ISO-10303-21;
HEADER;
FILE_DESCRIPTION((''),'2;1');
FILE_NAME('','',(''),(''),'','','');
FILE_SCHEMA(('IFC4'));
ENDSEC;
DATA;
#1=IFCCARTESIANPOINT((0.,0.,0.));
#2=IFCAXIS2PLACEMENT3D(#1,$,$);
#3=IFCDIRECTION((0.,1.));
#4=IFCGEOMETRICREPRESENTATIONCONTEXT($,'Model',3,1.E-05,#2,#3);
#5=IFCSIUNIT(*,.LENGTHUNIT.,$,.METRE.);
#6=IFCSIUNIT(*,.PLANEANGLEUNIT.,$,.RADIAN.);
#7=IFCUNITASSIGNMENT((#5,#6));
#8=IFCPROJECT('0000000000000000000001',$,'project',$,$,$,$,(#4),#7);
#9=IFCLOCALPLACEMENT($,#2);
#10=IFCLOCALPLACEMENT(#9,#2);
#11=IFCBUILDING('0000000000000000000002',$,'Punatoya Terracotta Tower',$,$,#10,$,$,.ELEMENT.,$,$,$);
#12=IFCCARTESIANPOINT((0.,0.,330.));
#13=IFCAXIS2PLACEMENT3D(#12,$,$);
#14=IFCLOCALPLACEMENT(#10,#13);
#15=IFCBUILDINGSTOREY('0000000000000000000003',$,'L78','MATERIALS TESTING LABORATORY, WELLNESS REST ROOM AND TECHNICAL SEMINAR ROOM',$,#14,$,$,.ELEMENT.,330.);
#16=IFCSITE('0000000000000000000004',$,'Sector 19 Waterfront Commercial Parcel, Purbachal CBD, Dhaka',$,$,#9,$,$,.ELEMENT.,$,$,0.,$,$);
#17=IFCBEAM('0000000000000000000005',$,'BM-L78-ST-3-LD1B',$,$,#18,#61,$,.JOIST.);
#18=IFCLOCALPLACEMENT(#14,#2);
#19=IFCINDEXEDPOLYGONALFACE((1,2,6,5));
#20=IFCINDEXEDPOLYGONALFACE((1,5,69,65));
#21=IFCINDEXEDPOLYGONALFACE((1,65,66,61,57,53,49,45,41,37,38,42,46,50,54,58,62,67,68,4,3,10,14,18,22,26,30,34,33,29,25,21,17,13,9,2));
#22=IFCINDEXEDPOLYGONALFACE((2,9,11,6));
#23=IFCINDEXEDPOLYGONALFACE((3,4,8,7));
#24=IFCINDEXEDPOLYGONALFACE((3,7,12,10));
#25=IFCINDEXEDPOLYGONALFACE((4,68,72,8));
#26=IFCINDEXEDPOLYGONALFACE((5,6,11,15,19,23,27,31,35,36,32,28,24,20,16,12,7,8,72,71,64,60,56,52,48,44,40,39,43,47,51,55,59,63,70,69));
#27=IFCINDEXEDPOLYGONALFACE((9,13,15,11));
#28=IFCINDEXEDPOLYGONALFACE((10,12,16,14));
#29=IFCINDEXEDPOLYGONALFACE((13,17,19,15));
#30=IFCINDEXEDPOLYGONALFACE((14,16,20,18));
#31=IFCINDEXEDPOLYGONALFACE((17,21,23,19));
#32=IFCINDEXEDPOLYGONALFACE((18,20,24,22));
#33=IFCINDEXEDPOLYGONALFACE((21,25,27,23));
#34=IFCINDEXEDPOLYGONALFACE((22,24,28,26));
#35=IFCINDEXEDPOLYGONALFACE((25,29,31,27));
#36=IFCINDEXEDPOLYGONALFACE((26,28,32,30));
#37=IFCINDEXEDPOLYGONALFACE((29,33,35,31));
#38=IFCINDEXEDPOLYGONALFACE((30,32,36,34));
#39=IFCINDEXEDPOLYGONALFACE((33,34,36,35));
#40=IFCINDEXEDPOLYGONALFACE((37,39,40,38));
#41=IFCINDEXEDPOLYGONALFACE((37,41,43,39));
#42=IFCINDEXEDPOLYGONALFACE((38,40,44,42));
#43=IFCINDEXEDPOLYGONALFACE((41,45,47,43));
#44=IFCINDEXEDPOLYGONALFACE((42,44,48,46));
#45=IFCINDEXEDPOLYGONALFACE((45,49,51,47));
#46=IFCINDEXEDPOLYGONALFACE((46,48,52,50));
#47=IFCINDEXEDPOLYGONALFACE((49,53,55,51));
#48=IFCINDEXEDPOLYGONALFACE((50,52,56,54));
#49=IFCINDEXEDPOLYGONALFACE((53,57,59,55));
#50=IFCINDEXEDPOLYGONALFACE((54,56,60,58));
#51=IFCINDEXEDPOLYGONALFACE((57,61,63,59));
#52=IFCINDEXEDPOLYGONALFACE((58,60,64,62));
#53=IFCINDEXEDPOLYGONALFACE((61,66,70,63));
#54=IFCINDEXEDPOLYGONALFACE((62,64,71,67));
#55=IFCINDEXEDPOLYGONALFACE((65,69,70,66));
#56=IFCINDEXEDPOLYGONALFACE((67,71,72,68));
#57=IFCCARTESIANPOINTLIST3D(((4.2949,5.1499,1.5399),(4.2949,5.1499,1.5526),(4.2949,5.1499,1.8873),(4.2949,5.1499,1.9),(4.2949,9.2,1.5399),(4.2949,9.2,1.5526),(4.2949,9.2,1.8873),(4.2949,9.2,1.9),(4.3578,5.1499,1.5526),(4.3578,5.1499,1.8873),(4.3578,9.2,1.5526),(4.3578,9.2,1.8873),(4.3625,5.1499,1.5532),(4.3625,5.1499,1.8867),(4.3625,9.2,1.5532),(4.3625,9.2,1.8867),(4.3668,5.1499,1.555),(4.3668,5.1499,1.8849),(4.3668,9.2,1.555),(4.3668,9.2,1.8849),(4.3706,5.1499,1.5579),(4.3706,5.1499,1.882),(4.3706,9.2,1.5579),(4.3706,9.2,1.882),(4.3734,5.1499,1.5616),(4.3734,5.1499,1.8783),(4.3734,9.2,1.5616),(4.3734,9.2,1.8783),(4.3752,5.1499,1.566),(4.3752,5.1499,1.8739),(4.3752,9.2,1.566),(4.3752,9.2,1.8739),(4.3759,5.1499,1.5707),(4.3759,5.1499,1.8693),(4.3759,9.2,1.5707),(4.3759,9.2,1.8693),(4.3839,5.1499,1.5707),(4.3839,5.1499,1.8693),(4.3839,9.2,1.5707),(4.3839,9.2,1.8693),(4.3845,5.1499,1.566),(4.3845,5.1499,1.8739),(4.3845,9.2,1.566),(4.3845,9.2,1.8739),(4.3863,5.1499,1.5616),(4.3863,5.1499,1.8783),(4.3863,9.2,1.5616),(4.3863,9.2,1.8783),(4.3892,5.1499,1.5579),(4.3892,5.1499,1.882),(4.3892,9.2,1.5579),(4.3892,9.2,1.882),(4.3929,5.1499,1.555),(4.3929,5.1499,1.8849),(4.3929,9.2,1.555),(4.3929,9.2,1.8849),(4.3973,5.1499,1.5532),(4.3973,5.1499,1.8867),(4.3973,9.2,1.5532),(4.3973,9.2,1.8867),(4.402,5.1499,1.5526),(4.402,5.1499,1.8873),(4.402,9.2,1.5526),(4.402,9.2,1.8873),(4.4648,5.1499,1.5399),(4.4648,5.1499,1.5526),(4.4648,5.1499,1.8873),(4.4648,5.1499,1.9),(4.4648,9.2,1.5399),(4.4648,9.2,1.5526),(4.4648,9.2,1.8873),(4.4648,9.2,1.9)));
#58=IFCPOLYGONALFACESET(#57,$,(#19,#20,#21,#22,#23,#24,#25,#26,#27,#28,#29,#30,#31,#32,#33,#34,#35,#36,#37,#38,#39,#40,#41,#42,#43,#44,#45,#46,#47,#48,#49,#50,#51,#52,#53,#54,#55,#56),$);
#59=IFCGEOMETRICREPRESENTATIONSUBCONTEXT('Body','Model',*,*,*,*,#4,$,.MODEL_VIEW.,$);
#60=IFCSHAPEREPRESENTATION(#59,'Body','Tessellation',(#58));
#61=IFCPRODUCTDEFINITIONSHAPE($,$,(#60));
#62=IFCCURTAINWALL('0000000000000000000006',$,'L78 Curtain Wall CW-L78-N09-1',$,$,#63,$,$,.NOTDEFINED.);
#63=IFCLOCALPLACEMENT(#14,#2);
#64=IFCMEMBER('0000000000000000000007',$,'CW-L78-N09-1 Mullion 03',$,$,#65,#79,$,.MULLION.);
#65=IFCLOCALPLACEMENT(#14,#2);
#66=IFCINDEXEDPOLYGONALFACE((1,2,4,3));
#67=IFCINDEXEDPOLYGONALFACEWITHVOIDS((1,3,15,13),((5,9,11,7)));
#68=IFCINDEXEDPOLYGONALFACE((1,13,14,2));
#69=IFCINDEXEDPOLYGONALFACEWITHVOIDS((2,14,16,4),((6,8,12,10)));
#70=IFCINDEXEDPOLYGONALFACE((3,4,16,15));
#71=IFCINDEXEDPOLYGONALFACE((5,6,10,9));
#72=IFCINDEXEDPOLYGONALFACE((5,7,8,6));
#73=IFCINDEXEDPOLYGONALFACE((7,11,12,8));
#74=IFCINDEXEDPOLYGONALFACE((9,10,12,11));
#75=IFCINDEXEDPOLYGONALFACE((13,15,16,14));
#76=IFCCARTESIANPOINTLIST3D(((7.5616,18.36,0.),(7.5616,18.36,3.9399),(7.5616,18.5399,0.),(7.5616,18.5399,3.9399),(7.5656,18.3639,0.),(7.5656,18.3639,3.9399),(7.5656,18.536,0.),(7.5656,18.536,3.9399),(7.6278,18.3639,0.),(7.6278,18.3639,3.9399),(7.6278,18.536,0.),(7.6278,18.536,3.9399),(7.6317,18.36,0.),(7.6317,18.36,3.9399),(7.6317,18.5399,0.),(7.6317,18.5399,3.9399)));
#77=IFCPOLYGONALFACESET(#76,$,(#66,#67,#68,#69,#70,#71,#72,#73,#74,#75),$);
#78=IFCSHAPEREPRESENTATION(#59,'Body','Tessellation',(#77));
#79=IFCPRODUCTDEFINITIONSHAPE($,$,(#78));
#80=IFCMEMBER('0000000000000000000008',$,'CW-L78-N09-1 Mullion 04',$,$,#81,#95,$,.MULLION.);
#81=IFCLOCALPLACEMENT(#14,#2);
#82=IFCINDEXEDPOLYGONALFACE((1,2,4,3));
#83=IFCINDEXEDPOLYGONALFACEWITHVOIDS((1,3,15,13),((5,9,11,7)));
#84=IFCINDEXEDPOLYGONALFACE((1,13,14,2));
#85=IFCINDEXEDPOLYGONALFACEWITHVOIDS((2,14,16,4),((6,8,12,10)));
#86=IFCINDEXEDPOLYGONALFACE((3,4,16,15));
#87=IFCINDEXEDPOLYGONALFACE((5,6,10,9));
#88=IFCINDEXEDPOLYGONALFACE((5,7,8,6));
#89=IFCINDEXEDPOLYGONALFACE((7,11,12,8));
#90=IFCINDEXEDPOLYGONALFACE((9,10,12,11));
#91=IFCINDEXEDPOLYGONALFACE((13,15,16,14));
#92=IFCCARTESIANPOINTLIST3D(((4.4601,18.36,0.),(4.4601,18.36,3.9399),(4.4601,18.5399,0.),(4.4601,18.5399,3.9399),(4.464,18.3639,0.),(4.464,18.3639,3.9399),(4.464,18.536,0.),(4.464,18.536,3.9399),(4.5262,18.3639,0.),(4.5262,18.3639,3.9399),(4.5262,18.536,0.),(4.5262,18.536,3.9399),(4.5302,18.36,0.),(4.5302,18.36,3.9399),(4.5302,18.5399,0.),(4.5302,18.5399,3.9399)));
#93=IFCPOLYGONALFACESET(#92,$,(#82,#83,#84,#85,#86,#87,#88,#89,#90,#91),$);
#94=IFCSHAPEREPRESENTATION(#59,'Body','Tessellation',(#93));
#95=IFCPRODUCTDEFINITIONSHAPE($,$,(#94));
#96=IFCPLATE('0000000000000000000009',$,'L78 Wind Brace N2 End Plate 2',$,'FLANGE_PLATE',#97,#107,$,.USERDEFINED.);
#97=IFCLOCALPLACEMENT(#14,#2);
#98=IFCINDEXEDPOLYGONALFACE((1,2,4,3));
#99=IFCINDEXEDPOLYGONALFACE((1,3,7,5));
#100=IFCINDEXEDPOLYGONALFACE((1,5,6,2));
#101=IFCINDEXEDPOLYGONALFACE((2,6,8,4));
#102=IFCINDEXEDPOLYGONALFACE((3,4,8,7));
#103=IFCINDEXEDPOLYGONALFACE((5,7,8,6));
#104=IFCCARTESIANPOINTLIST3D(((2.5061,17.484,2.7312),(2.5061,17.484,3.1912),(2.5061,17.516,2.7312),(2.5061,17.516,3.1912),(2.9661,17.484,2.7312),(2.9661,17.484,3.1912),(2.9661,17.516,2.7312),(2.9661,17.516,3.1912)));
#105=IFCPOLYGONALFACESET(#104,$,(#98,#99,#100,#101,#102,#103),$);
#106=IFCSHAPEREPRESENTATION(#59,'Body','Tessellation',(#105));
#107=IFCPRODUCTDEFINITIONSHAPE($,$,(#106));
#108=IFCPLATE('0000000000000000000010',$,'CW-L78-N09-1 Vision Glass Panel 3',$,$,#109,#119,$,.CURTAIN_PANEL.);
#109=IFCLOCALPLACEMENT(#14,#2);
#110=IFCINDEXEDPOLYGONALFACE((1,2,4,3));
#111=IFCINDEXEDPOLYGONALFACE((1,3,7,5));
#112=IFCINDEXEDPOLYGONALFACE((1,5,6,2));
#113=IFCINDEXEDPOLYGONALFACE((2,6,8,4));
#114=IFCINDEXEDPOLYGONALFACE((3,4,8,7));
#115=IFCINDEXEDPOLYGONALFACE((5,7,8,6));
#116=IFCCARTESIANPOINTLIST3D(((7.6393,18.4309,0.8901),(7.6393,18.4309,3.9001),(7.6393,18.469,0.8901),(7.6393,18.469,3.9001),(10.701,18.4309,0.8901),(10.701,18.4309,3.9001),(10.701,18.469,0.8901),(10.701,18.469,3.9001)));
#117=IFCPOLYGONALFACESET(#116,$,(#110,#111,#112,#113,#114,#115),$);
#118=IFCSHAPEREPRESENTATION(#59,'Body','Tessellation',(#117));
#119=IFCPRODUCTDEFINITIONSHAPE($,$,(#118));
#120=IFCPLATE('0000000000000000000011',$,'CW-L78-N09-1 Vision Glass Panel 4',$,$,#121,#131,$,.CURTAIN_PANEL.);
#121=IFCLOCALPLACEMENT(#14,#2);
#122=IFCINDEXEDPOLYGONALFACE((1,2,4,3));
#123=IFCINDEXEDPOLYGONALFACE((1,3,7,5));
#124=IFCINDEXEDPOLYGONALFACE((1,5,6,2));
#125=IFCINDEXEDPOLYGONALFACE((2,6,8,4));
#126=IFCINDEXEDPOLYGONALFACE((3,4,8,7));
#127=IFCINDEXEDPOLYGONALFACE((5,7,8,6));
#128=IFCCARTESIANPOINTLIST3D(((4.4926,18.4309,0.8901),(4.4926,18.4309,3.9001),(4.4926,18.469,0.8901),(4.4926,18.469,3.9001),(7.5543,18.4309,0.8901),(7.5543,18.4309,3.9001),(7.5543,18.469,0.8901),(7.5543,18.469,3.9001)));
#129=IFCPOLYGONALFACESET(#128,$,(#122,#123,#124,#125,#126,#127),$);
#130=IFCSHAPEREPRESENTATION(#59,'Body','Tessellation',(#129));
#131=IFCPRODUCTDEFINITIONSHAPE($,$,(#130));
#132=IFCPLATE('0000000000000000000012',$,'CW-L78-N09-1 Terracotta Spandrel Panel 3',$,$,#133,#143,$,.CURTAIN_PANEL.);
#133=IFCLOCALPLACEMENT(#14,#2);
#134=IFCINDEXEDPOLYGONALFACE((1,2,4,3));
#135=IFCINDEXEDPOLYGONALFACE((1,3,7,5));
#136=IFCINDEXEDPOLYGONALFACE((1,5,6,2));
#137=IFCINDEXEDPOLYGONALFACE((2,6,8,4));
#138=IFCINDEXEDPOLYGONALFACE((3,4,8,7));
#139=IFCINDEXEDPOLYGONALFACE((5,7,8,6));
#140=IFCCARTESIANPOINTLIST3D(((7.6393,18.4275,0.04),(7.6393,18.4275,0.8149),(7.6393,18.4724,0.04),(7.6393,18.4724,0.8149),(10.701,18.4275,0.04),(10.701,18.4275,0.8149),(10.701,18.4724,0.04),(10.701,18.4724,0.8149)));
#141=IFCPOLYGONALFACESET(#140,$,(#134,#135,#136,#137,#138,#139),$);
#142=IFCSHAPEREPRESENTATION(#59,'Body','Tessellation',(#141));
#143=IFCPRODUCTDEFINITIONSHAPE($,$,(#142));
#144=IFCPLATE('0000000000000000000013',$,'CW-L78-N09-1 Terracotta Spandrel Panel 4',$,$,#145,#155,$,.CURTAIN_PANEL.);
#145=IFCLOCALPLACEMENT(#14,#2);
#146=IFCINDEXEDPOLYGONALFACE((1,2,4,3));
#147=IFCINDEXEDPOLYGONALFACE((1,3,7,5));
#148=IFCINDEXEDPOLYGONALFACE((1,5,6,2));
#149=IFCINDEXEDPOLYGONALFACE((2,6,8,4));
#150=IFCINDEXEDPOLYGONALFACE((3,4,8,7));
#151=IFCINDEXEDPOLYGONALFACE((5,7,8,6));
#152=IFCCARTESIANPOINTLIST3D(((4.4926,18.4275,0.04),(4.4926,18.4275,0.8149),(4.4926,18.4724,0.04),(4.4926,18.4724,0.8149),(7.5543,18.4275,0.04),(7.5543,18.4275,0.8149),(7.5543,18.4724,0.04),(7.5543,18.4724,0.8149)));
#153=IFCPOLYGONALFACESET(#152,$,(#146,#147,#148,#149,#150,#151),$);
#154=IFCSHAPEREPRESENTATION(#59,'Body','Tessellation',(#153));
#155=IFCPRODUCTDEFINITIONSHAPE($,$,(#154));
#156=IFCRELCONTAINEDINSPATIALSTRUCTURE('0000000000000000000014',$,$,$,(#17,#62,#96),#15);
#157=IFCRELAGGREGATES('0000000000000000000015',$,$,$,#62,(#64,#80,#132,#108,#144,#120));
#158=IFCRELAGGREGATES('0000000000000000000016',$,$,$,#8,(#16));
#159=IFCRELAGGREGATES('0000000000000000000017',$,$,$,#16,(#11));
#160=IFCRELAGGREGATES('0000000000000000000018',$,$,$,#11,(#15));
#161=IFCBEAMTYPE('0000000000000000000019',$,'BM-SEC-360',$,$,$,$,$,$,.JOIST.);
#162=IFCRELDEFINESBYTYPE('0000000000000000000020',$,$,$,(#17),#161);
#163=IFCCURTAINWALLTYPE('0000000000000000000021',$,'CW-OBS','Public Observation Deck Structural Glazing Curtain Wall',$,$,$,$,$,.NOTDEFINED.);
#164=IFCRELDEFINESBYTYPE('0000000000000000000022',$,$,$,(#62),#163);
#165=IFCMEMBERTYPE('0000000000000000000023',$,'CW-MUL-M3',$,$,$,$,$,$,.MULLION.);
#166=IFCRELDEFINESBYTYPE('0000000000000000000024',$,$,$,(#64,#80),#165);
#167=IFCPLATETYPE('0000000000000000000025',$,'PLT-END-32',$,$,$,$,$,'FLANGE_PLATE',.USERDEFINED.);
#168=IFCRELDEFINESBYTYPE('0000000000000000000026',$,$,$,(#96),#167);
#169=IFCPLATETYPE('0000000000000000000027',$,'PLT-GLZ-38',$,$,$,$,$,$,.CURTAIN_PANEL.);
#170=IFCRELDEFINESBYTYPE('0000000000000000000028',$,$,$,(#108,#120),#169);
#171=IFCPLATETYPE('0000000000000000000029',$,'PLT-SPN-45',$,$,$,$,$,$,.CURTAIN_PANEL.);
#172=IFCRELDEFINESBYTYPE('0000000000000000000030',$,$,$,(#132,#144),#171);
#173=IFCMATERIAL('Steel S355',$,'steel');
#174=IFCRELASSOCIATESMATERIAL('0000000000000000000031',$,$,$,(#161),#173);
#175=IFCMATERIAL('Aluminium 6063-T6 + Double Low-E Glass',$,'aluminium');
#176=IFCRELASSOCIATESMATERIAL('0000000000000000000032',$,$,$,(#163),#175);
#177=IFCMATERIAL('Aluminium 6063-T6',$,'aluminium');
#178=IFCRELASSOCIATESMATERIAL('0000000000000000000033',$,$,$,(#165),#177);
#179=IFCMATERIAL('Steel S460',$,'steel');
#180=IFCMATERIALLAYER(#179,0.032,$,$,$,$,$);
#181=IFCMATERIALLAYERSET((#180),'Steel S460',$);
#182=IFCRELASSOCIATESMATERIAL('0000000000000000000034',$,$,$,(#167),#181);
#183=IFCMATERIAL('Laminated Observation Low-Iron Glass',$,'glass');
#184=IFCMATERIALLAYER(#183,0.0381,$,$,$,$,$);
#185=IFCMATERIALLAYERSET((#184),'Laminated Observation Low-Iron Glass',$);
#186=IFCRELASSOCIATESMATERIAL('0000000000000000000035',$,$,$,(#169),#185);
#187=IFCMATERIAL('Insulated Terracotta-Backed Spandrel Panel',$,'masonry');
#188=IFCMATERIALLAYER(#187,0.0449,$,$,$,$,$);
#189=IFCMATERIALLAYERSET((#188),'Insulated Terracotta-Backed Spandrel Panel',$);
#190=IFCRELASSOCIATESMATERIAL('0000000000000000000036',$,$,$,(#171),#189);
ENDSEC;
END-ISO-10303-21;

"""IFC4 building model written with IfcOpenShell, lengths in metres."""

from ifc_helpers import new_model, si_unit, direction, frame, origin, origin_2d, place, context, subcontext, project, spatial, rectangle, hollow_rectangle, i_section, extrude, material, layer, layer_set, material_profile, profile_set, type_object, element, aggregate, save


model = new_model("IFC4")

# Units and contexts
model_context = context("Model", 3, precision=1e-05, world=origin(), true_north=direction((0.0, 1.0)))
body_context = subcontext(model_context, "Body", "Model", "MODEL_VIEW")
ifc_project = project(units=[si_unit("LENGTHUNIT", "METRE"), si_unit("PLANEANGLEUNIT", "RADIAN")], contexts=[model_context])

# Site, building, storey
site_placement = place(None, origin())
site = spatial("IfcSite", under=ifc_project, at=site_placement, Name="Sector 19 Waterfront Commercial Parcel, Purbachal CBD, Dhaka", CompositionType="ELEMENT", RefElevation=0.0)
building_placement = place(site_placement, origin())
building = spatial("IfcBuilding", under=site, at=building_placement, Name="Punatoya Terracotta Tower", CompositionType="ELEMENT")
storey_placement = place(building_placement, frame((0.0, 0.0, 330.0)))
storey = spatial("IfcBuildingStorey", under=building, at=storey_placement, Name="L78", Description="MATERIALS TESTING LABORATORY, WELLNESS REST ROOM AND TECHNICAL SEMINAR ROOM", CompositionType="ELEMENT", Elevation=330.0)

# Shared definitions
ifc_material_1 = material(Name="Steel S460", Category="steel")

# Beam
ifc_material_2 = material(Name="Steel S355", Category="steel")
ifc_material_profile_1 = material_profile(ifc_material_2, i_section(OverallWidth=0.1699, OverallDepth=0.3601, WebThickness=0.0081, FlangeThickness=0.0127, FilletRadius=0.0181, at=origin_2d()))
ifc_profile_set_1 = profile_set([ifc_material_profile_1], Name="Steel S355")
beam_type_1 = type_object("IfcBeamType", Name="BM-SEC-360", PredefinedType="JOIST", material=ifc_profile_set_1)
for number, where, z_axis, x_axis, name in (
    (1, (4.3799, 5.1499, 1.72), (0.0, 1.0, 0.0), (-1.0, 0.0, 0.0), "BM-L78-ST-3-LD1B"),
):
    element("IfcBeam", number, at=place(storey_placement, frame(where, z_axis=z_axis, x_axis=x_axis)), inside=storey, type_object=beam_type_1, Name=name, PredefinedType="JOIST", context=body_context, shape_type="SweptSolid", body=[
        extrude(i_section(OverallWidth=0.1699, OverallDepth=0.3601, WebThickness=0.0081, FlangeThickness=0.0127, FilletRadius=0.0181, at=origin_2d()), origin(), (0.0, 0.0, 1.0), 4.05),
    ])

# Curtain wall, members
ifc_material_3 = material(Name="Aluminium 6063-T6 + Double Low-E Glass", Category="aluminium")
curtain_wall_type = type_object("IfcCurtainWallType", Name="CW-OBS", Description="Public Observation Deck Structural Glazing Curtain Wall", PredefinedType="NOTDEFINED", material=ifc_material_3)
curtain_wall_placement = place(storey_placement, origin())
curtain_wall = element("IfcCurtainWall", 2, at=curtain_wall_placement, inside=storey, type_object=curtain_wall_type, Name="L78 Curtain Wall CW-L78-N09-1", PredefinedType="NOTDEFINED")
ifc_material_4 = material(Name="Aluminium 6063-T6", Category="aluminium")
ifc_material_profile_2 = material_profile(ifc_material_4, hollow_rectangle(XDim=0.0701, YDim=0.1799, WallThickness=0.0039, at=origin_2d()))
ifc_profile_set_2 = profile_set([ifc_material_profile_2], Name="Aluminium 6063-T6")
member_type = type_object("IfcMemberType", Name="CW-MUL-M3", PredefinedType="MULLION", material=ifc_profile_set_2)
member_1_placement = place(storey_placement, frame((7.5967, 18.45, 0.0), z_axis=(0.0, 0.0, 1.0), x_axis=(1.0, 0.0, 0.0)))
member_1 = element("IfcMember", 3, at=member_1_placement, type_object=member_type, Name="CW-L78-N09-1 Mullion 03", PredefinedType="MULLION", context=body_context, shape_type="SweptSolid", body=[
    extrude(hollow_rectangle(XDim=0.0701, YDim=0.1799, WallThickness=0.0039, at=origin_2d()), origin(), (0.0, 0.0, 1.0), 3.9399),
])
member_2_placement = place(storey_placement, frame((4.4951, 18.45, 0.0), z_axis=(0.0, 0.0, 1.0), x_axis=(1.0, 0.0, 0.0)))
member_2 = element("IfcMember", 4, at=member_2_placement, type_object=member_type, Name="CW-L78-N09-1 Mullion 04", PredefinedType="MULLION", context=body_context, shape_type="SweptSolid", body=[
    extrude(hollow_rectangle(XDim=0.0701, YDim=0.1799, WallThickness=0.0039, at=origin_2d()), origin(), (0.0, 0.0, 1.0), 3.9399),
])

# Plates
ifc_layer_1 = layer(ifc_material_1, 0.032)
ifc_layer_set_1 = layer_set([ifc_layer_1], Name="Steel S460")
plate_type_1 = type_object("IfcPlateType", Name="PLT-END-32", ElementType="FLANGE_PLATE", PredefinedType="USERDEFINED", material=ifc_layer_set_1)
plate_1_placement = place(storey_placement, frame((2.7361, 17.5, 2.7312), z_axis=(0.0, 0.0, 1.0), x_axis=(1.0, 0.0, 0.0)))
element("IfcPlate", 5, at=plate_1_placement, inside=storey, type_object=plate_type_1, Name="L78 Wind Brace N2 End Plate 2", ObjectType="FLANGE_PLATE", PredefinedType="USERDEFINED", context=body_context, shape_type="SweptSolid", body=[
    extrude(rectangle(XDim=0.46, YDim=0.032, at=origin_2d()), origin(), (0.0, 0.0, 1.0), 0.46),
])
ifc_material_5 = material(Name="Laminated Observation Low-Iron Glass", Category="glass")
ifc_layer_2 = layer(ifc_material_5, 0.0381)
ifc_layer_set_2 = layer_set([ifc_layer_2], Name="Laminated Observation Low-Iron Glass")
plate_type_2 = type_object("IfcPlateType", Name="PLT-GLZ-38", PredefinedType="CURTAIN_PANEL", material=ifc_layer_set_2)
plate_2_placement = place(storey_placement, frame((9.1702, 18.45, 0.8901), z_axis=(0.0, 0.0, 1.0), x_axis=(-1.0, 0.0, 0.0)))
plate_2 = element("IfcPlate", 6, at=plate_2_placement, type_object=plate_type_2, Name="CW-L78-N09-1 Vision Glass Panel 3", PredefinedType="CURTAIN_PANEL", context=body_context, shape_type="SweptSolid", body=[
    extrude(rectangle(XDim=3.0618, YDim=0.0381, at=origin_2d()), origin(), (0.0, 0.0, 1.0), 3.01),
])
plate_3_placement = place(storey_placement, frame((6.0234, 18.45, 0.8901), z_axis=(0.0, 0.0, 1.0), x_axis=(-1.0, 0.0, 0.0)))
plate_3 = element("IfcPlate", 7, at=plate_3_placement, type_object=plate_type_2, Name="CW-L78-N09-1 Vision Glass Panel 4", PredefinedType="CURTAIN_PANEL", context=body_context, shape_type="SweptSolid", body=[
    extrude(rectangle(XDim=3.0618, YDim=0.0381, at=origin_2d()), origin(), (0.0, 0.0, 1.0), 3.01),
])
ifc_material_6 = material(Name="Insulated Terracotta-Backed Spandrel Panel", Category="masonry")
ifc_layer_3 = layer(ifc_material_6, 0.0449)
ifc_layer_set_3 = layer_set([ifc_layer_3], Name="Insulated Terracotta-Backed Spandrel Panel")
plate_type_3 = type_object("IfcPlateType", Name="PLT-SPN-45", PredefinedType="CURTAIN_PANEL", material=ifc_layer_set_3)
plate_4_placement = place(storey_placement, frame((9.1702, 18.45, 0.04), z_axis=(0.0, 0.0, 1.0), x_axis=(-1.0, 0.0, 0.0)))
plate_4 = element("IfcPlate", 8, at=plate_4_placement, type_object=plate_type_3, Name="CW-L78-N09-1 Terracotta Spandrel Panel 3", PredefinedType="CURTAIN_PANEL", context=body_context, shape_type="SweptSolid", body=[
    extrude(rectangle(XDim=3.0618, YDim=0.0449, at=origin_2d()), origin(), (0.0, 0.0, 1.0), 0.7749),
])
plate_5_placement = place(storey_placement, frame((6.0234, 18.45, 0.04), z_axis=(0.0, 0.0, 1.0), x_axis=(-1.0, 0.0, 0.0)))
plate_5 = element("IfcPlate", 9, at=plate_5_placement, type_object=plate_type_3, Name="CW-L78-N09-1 Terracotta Spandrel Panel 4", PredefinedType="CURTAIN_PANEL", context=body_context, shape_type="SweptSolid", body=[
    extrude(rectangle(XDim=3.0618, YDim=0.0449, at=origin_2d()), origin(), (0.0, 0.0, 1.0), 0.7749),
])
aggregate(curtain_wall, [member_1, member_2, plate_4, plate_2, plate_5, plate_3])

save(model, "model.ifc")
